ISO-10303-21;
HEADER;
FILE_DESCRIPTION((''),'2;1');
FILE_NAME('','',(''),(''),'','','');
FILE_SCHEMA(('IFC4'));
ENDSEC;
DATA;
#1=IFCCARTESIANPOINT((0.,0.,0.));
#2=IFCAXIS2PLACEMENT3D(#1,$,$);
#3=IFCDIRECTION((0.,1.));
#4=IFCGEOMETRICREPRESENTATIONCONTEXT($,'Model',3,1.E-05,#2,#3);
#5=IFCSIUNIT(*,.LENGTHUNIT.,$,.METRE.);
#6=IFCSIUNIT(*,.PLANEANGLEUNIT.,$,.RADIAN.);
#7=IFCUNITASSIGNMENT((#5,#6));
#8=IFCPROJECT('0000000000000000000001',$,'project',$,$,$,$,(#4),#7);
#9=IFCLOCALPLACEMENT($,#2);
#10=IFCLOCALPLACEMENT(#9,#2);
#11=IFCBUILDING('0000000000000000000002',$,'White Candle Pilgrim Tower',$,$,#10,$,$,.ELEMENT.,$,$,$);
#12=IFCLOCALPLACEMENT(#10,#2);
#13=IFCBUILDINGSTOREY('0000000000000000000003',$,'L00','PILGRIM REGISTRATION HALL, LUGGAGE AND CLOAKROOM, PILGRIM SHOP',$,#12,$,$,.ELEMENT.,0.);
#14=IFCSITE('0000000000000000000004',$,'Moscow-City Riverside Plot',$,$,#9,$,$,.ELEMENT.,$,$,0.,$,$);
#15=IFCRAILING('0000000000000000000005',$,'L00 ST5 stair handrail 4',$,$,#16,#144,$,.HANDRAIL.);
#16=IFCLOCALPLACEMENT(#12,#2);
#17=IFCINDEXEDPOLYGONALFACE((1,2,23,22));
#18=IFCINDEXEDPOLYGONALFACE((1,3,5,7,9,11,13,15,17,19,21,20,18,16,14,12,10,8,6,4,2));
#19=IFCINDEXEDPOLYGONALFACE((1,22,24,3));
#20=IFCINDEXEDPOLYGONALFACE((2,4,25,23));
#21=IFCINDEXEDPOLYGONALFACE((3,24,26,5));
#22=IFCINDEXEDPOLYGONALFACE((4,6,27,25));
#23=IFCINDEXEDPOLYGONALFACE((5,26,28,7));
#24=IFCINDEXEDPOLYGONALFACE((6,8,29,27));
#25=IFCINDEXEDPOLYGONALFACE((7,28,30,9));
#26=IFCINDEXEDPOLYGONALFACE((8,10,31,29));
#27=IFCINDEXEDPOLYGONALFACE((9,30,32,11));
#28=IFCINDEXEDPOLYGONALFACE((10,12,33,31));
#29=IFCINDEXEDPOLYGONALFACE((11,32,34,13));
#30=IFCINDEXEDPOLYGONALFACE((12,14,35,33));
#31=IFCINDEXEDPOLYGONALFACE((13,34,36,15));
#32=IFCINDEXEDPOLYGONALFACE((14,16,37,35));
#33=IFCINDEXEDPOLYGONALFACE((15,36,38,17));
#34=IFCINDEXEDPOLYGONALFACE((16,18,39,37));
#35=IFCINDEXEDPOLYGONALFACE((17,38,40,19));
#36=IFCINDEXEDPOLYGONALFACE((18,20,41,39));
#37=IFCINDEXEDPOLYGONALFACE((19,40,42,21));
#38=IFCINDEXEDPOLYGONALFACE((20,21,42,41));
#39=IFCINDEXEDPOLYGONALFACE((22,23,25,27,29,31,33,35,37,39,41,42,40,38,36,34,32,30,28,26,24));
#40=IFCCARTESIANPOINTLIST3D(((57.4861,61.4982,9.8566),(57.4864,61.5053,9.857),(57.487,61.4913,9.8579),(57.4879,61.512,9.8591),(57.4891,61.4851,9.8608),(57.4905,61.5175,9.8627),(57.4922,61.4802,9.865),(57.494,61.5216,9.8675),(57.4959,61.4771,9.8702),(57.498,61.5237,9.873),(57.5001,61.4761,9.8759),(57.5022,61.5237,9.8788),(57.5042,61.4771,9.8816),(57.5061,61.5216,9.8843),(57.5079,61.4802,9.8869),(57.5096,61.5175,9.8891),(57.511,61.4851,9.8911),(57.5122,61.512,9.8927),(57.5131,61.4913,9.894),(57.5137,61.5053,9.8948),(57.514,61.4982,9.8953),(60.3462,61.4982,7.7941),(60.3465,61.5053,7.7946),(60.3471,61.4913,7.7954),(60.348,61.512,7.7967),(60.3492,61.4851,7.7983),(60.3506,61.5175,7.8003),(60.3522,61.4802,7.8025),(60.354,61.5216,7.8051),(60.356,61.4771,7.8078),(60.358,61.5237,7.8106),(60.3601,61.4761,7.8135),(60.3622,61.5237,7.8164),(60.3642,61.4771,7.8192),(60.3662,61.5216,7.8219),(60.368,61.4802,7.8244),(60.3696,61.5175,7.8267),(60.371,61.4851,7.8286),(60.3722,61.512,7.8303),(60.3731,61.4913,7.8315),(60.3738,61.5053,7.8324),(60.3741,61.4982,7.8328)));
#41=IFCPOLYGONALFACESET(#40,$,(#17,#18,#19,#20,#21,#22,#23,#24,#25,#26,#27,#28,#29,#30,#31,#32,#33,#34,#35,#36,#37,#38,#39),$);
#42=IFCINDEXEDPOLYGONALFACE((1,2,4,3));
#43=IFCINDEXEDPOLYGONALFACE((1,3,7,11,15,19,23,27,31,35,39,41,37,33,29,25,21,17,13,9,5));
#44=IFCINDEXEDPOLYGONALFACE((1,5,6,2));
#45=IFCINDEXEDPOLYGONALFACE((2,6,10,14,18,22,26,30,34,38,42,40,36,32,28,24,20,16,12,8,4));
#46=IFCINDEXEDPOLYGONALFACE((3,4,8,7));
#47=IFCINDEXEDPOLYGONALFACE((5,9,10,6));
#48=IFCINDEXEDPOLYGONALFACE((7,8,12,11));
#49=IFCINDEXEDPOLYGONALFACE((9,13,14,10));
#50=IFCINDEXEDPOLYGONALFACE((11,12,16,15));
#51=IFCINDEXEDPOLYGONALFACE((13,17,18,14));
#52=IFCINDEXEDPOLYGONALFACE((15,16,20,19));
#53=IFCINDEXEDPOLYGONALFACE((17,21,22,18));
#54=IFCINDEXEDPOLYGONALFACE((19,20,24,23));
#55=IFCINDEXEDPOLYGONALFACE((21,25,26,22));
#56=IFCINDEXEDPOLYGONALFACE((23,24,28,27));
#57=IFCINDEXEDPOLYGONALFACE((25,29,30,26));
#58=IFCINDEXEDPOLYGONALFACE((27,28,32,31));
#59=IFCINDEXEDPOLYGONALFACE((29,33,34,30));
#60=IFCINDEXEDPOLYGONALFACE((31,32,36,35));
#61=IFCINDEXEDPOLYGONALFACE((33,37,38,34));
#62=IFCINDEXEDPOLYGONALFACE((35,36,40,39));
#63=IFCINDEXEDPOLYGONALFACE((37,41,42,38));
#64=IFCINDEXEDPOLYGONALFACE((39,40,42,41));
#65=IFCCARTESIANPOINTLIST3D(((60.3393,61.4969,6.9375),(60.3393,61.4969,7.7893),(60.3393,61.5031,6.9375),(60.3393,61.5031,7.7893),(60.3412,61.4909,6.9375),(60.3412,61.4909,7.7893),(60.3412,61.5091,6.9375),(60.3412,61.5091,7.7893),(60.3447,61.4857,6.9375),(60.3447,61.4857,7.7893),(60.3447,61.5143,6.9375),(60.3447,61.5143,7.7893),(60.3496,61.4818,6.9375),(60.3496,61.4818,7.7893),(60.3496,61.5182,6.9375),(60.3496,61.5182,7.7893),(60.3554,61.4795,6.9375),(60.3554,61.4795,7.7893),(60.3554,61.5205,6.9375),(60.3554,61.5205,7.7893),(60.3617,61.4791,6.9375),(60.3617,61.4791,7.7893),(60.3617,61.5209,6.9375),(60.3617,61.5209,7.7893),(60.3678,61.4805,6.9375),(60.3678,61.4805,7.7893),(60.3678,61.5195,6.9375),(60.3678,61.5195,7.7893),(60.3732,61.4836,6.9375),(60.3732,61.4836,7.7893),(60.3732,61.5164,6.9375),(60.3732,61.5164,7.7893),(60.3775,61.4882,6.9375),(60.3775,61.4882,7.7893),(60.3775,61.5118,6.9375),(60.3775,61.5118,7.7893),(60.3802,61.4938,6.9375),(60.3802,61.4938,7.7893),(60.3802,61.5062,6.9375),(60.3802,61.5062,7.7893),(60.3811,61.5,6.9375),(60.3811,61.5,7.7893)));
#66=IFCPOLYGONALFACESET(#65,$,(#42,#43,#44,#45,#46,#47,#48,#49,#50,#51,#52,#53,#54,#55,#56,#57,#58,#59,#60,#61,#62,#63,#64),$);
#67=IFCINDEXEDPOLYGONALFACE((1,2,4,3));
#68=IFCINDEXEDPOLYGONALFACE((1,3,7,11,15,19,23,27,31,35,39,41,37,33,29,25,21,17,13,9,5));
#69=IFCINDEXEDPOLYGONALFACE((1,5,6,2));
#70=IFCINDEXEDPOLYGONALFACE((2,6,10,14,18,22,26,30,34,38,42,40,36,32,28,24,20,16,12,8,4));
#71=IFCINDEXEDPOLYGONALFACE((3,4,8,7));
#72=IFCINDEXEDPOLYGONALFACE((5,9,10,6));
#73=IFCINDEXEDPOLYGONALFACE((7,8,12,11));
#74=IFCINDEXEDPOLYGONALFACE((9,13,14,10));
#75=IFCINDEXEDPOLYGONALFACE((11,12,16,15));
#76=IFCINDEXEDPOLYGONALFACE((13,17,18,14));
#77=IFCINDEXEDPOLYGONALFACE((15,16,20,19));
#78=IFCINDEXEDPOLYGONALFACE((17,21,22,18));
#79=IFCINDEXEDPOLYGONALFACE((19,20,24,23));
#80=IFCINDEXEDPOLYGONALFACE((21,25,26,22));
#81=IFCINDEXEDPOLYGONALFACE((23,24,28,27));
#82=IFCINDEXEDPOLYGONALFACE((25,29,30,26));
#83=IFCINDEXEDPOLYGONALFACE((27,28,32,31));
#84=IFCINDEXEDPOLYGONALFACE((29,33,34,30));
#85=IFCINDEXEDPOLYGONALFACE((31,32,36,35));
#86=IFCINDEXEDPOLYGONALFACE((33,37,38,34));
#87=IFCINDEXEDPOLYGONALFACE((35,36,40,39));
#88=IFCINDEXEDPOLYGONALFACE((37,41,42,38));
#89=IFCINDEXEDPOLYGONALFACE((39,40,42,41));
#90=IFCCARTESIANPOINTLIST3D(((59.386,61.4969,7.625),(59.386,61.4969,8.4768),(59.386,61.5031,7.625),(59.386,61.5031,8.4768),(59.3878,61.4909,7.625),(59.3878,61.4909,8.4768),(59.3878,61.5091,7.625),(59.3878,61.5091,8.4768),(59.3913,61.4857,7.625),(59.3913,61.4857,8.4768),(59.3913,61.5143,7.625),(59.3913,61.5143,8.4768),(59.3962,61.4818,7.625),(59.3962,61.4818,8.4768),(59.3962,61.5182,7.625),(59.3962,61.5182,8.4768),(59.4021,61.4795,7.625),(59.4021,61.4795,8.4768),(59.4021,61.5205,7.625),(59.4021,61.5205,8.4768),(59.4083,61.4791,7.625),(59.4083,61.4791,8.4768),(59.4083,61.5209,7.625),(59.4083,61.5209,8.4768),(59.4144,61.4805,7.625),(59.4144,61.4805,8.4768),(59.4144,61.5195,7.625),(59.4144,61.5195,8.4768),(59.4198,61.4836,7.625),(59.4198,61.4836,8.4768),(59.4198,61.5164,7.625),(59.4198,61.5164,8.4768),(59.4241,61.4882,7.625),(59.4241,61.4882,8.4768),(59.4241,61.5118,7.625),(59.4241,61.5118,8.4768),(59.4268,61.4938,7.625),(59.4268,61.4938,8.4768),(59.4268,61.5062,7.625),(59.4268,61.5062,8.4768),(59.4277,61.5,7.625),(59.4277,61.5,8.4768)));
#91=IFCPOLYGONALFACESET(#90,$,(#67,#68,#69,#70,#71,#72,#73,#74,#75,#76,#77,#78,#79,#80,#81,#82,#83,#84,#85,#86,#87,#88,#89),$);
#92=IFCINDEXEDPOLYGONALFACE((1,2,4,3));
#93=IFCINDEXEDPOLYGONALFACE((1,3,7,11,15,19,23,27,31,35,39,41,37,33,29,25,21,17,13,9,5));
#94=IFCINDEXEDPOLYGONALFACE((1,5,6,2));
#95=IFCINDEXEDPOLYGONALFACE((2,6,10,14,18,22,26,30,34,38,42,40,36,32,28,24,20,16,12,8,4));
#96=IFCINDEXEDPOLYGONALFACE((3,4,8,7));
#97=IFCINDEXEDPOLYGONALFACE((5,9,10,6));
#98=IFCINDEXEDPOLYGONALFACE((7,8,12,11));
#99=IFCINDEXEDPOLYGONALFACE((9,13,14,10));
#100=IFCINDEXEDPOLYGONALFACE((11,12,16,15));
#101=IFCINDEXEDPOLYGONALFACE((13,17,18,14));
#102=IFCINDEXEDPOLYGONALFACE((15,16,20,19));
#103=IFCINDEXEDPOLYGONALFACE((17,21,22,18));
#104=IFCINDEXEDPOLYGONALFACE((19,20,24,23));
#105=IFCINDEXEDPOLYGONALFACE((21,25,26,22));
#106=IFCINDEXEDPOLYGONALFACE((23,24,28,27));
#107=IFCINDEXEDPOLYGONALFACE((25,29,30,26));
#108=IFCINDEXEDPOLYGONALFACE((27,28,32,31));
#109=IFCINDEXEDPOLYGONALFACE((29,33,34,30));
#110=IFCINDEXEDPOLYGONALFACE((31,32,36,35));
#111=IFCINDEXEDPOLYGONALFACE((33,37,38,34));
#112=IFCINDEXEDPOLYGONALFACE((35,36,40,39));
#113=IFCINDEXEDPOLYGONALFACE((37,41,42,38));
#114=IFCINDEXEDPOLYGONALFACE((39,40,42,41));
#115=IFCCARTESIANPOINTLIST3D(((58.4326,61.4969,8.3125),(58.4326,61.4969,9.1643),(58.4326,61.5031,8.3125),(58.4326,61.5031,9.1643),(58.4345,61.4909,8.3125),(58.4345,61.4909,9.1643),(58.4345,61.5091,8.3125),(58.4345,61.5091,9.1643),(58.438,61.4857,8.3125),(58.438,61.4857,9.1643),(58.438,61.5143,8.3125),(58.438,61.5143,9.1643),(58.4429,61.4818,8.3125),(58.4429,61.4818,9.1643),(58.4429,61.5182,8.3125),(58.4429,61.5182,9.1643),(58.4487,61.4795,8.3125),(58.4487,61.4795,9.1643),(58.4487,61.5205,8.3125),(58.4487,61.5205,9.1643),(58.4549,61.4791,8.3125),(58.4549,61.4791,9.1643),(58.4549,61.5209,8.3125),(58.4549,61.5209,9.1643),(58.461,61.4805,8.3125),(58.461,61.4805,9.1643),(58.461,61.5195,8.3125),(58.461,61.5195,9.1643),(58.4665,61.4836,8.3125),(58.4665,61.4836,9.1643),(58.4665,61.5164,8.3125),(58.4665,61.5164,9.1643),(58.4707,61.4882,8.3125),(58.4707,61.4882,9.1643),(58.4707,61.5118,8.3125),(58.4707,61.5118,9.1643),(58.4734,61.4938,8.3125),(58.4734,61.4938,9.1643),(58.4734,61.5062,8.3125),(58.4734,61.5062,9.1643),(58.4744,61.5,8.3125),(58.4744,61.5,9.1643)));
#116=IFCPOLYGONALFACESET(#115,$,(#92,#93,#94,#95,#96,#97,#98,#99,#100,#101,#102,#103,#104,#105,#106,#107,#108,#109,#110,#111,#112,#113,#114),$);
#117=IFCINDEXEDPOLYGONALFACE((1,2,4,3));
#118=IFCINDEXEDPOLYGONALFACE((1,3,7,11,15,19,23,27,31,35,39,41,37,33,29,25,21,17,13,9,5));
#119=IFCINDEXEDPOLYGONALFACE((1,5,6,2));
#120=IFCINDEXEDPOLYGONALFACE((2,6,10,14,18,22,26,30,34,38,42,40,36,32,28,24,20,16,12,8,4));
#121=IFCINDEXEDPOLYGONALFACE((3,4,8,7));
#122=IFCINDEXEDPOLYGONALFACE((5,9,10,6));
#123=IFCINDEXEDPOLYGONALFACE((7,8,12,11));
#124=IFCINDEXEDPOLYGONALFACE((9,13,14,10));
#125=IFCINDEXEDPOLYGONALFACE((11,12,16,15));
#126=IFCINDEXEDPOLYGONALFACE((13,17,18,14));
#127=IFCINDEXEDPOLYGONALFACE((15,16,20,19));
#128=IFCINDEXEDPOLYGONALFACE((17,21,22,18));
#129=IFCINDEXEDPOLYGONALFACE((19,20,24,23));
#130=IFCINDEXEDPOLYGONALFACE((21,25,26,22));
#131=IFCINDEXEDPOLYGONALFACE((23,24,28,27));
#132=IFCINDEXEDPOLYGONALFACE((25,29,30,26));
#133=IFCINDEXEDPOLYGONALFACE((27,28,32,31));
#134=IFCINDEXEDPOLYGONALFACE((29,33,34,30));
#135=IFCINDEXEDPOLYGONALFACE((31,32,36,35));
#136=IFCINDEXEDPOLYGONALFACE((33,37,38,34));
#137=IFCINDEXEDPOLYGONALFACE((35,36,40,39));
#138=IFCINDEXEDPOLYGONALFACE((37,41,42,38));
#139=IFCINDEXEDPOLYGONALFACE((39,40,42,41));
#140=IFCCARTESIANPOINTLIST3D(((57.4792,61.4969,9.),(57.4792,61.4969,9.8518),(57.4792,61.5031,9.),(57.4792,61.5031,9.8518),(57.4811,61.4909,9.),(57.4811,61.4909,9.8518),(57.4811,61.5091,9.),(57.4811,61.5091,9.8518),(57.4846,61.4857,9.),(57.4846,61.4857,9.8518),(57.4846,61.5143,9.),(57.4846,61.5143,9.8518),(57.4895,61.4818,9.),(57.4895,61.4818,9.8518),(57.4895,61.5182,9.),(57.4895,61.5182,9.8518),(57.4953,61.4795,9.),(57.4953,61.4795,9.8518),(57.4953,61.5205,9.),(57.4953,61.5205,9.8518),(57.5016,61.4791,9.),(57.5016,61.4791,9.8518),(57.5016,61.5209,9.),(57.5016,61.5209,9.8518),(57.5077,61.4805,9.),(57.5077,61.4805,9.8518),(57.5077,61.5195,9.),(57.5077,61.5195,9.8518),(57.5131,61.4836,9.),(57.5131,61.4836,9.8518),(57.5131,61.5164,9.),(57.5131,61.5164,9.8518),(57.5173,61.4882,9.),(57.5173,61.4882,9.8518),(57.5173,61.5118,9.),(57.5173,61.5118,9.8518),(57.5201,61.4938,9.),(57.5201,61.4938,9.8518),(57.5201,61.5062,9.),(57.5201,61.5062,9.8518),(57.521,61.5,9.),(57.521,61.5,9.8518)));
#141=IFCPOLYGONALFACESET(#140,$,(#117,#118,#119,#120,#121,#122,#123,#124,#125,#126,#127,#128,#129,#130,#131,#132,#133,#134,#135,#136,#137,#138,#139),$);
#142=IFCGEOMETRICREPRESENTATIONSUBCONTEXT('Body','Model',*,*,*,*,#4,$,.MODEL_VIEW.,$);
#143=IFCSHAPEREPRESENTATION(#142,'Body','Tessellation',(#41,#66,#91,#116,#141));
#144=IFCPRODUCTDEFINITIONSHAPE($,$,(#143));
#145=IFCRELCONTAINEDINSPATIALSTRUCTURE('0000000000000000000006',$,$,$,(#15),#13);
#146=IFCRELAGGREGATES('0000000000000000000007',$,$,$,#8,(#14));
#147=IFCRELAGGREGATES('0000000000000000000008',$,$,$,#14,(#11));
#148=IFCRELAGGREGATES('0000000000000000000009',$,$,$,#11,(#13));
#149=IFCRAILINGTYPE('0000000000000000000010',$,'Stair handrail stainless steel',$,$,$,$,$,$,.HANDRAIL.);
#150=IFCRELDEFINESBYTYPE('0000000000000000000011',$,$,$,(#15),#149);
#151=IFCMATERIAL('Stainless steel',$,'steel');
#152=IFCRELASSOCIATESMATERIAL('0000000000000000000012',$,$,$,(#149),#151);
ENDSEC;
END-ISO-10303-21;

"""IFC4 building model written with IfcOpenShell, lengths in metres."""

from ifc_helpers import new_model, si_unit, direction, frame, origin, origin_2d, place, context, subcontext, project, spatial, circle, extrude, material, type_object, element, save


model = new_model("IFC4")

# Units and contexts
model_context = context("Model", 3, precision=1e-05, world=origin(), true_north=direction((0.0, 1.0)))
body_context = subcontext(model_context, "Body", "Model", "MODEL_VIEW")
ifc_project = project(units=[si_unit("LENGTHUNIT", "METRE"), si_unit("PLANEANGLEUNIT", "RADIAN")], contexts=[model_context])

# Site, building, storey
site_placement = place(None, origin())
site = spatial("IfcSite", under=ifc_project, at=site_placement, Name="Moscow-City Riverside Plot", CompositionType="ELEMENT", RefElevation=0.0)
building_placement = place(site_placement, origin())
building = spatial("IfcBuilding", under=site, at=building_placement, Name="White Candle Pilgrim Tower", CompositionType="ELEMENT")
storey_placement = place(building_placement, origin())
storey = spatial("IfcBuildingStorey", under=building, at=storey_placement, Name="L00", Description="PILGRIM REGISTRATION HALL, LUGGAGE AND CLOAKROOM, PILGRIM SHOP", CompositionType="ELEMENT", Elevation=0.0)

# Railing
ifc_material_1 = material(Name="Stainless steel", Category="steel")
railing_type_1 = type_object("IfcRailingType", Name="Stair handrail stainless steel", PredefinedType="HANDRAIL", material=ifc_material_1)
railing_1_placement = place(storey_placement, frame((60.3601, 61.5, 6.9375)))
element("IfcRailing", 1, at=railing_1_placement, inside=storey, type_object=railing_type_1, Name="L00 ST5 stair handrail 4", PredefinedType="HANDRAIL", context=body_context, shape_type="SweptSolid", body=[
    extrude(circle(Radius=0.0239, at=origin_2d()), frame((0.0, 0.0, 0.876), z_axis=(-0.811101, 0.0, 0.584906), x_axis=(0.0, -1.0, 0.0)), (0.0, 0.0, 1.0), 3.5261),
    extrude(circle(Radius=0.021, at=origin_2d()), origin(), (0.0, 0.0, 1.0), 0.8518),
    extrude(circle(Radius=0.021, at=origin_2d()), frame((-0.9534, 0.0, 0.6875)), (0.0, 0.0, 1.0), 0.8518),
    extrude(circle(Radius=0.021, at=origin_2d()), frame((-1.9067, 0.0, 1.375)), (0.0, 0.0, 1.0), 0.8518),
    extrude(circle(Radius=0.021, at=origin_2d()), frame((-2.8601, 0.0, 2.0625)), (0.0, 0.0, 1.0), 0.8518),
])

save(model, "model.ifc")
